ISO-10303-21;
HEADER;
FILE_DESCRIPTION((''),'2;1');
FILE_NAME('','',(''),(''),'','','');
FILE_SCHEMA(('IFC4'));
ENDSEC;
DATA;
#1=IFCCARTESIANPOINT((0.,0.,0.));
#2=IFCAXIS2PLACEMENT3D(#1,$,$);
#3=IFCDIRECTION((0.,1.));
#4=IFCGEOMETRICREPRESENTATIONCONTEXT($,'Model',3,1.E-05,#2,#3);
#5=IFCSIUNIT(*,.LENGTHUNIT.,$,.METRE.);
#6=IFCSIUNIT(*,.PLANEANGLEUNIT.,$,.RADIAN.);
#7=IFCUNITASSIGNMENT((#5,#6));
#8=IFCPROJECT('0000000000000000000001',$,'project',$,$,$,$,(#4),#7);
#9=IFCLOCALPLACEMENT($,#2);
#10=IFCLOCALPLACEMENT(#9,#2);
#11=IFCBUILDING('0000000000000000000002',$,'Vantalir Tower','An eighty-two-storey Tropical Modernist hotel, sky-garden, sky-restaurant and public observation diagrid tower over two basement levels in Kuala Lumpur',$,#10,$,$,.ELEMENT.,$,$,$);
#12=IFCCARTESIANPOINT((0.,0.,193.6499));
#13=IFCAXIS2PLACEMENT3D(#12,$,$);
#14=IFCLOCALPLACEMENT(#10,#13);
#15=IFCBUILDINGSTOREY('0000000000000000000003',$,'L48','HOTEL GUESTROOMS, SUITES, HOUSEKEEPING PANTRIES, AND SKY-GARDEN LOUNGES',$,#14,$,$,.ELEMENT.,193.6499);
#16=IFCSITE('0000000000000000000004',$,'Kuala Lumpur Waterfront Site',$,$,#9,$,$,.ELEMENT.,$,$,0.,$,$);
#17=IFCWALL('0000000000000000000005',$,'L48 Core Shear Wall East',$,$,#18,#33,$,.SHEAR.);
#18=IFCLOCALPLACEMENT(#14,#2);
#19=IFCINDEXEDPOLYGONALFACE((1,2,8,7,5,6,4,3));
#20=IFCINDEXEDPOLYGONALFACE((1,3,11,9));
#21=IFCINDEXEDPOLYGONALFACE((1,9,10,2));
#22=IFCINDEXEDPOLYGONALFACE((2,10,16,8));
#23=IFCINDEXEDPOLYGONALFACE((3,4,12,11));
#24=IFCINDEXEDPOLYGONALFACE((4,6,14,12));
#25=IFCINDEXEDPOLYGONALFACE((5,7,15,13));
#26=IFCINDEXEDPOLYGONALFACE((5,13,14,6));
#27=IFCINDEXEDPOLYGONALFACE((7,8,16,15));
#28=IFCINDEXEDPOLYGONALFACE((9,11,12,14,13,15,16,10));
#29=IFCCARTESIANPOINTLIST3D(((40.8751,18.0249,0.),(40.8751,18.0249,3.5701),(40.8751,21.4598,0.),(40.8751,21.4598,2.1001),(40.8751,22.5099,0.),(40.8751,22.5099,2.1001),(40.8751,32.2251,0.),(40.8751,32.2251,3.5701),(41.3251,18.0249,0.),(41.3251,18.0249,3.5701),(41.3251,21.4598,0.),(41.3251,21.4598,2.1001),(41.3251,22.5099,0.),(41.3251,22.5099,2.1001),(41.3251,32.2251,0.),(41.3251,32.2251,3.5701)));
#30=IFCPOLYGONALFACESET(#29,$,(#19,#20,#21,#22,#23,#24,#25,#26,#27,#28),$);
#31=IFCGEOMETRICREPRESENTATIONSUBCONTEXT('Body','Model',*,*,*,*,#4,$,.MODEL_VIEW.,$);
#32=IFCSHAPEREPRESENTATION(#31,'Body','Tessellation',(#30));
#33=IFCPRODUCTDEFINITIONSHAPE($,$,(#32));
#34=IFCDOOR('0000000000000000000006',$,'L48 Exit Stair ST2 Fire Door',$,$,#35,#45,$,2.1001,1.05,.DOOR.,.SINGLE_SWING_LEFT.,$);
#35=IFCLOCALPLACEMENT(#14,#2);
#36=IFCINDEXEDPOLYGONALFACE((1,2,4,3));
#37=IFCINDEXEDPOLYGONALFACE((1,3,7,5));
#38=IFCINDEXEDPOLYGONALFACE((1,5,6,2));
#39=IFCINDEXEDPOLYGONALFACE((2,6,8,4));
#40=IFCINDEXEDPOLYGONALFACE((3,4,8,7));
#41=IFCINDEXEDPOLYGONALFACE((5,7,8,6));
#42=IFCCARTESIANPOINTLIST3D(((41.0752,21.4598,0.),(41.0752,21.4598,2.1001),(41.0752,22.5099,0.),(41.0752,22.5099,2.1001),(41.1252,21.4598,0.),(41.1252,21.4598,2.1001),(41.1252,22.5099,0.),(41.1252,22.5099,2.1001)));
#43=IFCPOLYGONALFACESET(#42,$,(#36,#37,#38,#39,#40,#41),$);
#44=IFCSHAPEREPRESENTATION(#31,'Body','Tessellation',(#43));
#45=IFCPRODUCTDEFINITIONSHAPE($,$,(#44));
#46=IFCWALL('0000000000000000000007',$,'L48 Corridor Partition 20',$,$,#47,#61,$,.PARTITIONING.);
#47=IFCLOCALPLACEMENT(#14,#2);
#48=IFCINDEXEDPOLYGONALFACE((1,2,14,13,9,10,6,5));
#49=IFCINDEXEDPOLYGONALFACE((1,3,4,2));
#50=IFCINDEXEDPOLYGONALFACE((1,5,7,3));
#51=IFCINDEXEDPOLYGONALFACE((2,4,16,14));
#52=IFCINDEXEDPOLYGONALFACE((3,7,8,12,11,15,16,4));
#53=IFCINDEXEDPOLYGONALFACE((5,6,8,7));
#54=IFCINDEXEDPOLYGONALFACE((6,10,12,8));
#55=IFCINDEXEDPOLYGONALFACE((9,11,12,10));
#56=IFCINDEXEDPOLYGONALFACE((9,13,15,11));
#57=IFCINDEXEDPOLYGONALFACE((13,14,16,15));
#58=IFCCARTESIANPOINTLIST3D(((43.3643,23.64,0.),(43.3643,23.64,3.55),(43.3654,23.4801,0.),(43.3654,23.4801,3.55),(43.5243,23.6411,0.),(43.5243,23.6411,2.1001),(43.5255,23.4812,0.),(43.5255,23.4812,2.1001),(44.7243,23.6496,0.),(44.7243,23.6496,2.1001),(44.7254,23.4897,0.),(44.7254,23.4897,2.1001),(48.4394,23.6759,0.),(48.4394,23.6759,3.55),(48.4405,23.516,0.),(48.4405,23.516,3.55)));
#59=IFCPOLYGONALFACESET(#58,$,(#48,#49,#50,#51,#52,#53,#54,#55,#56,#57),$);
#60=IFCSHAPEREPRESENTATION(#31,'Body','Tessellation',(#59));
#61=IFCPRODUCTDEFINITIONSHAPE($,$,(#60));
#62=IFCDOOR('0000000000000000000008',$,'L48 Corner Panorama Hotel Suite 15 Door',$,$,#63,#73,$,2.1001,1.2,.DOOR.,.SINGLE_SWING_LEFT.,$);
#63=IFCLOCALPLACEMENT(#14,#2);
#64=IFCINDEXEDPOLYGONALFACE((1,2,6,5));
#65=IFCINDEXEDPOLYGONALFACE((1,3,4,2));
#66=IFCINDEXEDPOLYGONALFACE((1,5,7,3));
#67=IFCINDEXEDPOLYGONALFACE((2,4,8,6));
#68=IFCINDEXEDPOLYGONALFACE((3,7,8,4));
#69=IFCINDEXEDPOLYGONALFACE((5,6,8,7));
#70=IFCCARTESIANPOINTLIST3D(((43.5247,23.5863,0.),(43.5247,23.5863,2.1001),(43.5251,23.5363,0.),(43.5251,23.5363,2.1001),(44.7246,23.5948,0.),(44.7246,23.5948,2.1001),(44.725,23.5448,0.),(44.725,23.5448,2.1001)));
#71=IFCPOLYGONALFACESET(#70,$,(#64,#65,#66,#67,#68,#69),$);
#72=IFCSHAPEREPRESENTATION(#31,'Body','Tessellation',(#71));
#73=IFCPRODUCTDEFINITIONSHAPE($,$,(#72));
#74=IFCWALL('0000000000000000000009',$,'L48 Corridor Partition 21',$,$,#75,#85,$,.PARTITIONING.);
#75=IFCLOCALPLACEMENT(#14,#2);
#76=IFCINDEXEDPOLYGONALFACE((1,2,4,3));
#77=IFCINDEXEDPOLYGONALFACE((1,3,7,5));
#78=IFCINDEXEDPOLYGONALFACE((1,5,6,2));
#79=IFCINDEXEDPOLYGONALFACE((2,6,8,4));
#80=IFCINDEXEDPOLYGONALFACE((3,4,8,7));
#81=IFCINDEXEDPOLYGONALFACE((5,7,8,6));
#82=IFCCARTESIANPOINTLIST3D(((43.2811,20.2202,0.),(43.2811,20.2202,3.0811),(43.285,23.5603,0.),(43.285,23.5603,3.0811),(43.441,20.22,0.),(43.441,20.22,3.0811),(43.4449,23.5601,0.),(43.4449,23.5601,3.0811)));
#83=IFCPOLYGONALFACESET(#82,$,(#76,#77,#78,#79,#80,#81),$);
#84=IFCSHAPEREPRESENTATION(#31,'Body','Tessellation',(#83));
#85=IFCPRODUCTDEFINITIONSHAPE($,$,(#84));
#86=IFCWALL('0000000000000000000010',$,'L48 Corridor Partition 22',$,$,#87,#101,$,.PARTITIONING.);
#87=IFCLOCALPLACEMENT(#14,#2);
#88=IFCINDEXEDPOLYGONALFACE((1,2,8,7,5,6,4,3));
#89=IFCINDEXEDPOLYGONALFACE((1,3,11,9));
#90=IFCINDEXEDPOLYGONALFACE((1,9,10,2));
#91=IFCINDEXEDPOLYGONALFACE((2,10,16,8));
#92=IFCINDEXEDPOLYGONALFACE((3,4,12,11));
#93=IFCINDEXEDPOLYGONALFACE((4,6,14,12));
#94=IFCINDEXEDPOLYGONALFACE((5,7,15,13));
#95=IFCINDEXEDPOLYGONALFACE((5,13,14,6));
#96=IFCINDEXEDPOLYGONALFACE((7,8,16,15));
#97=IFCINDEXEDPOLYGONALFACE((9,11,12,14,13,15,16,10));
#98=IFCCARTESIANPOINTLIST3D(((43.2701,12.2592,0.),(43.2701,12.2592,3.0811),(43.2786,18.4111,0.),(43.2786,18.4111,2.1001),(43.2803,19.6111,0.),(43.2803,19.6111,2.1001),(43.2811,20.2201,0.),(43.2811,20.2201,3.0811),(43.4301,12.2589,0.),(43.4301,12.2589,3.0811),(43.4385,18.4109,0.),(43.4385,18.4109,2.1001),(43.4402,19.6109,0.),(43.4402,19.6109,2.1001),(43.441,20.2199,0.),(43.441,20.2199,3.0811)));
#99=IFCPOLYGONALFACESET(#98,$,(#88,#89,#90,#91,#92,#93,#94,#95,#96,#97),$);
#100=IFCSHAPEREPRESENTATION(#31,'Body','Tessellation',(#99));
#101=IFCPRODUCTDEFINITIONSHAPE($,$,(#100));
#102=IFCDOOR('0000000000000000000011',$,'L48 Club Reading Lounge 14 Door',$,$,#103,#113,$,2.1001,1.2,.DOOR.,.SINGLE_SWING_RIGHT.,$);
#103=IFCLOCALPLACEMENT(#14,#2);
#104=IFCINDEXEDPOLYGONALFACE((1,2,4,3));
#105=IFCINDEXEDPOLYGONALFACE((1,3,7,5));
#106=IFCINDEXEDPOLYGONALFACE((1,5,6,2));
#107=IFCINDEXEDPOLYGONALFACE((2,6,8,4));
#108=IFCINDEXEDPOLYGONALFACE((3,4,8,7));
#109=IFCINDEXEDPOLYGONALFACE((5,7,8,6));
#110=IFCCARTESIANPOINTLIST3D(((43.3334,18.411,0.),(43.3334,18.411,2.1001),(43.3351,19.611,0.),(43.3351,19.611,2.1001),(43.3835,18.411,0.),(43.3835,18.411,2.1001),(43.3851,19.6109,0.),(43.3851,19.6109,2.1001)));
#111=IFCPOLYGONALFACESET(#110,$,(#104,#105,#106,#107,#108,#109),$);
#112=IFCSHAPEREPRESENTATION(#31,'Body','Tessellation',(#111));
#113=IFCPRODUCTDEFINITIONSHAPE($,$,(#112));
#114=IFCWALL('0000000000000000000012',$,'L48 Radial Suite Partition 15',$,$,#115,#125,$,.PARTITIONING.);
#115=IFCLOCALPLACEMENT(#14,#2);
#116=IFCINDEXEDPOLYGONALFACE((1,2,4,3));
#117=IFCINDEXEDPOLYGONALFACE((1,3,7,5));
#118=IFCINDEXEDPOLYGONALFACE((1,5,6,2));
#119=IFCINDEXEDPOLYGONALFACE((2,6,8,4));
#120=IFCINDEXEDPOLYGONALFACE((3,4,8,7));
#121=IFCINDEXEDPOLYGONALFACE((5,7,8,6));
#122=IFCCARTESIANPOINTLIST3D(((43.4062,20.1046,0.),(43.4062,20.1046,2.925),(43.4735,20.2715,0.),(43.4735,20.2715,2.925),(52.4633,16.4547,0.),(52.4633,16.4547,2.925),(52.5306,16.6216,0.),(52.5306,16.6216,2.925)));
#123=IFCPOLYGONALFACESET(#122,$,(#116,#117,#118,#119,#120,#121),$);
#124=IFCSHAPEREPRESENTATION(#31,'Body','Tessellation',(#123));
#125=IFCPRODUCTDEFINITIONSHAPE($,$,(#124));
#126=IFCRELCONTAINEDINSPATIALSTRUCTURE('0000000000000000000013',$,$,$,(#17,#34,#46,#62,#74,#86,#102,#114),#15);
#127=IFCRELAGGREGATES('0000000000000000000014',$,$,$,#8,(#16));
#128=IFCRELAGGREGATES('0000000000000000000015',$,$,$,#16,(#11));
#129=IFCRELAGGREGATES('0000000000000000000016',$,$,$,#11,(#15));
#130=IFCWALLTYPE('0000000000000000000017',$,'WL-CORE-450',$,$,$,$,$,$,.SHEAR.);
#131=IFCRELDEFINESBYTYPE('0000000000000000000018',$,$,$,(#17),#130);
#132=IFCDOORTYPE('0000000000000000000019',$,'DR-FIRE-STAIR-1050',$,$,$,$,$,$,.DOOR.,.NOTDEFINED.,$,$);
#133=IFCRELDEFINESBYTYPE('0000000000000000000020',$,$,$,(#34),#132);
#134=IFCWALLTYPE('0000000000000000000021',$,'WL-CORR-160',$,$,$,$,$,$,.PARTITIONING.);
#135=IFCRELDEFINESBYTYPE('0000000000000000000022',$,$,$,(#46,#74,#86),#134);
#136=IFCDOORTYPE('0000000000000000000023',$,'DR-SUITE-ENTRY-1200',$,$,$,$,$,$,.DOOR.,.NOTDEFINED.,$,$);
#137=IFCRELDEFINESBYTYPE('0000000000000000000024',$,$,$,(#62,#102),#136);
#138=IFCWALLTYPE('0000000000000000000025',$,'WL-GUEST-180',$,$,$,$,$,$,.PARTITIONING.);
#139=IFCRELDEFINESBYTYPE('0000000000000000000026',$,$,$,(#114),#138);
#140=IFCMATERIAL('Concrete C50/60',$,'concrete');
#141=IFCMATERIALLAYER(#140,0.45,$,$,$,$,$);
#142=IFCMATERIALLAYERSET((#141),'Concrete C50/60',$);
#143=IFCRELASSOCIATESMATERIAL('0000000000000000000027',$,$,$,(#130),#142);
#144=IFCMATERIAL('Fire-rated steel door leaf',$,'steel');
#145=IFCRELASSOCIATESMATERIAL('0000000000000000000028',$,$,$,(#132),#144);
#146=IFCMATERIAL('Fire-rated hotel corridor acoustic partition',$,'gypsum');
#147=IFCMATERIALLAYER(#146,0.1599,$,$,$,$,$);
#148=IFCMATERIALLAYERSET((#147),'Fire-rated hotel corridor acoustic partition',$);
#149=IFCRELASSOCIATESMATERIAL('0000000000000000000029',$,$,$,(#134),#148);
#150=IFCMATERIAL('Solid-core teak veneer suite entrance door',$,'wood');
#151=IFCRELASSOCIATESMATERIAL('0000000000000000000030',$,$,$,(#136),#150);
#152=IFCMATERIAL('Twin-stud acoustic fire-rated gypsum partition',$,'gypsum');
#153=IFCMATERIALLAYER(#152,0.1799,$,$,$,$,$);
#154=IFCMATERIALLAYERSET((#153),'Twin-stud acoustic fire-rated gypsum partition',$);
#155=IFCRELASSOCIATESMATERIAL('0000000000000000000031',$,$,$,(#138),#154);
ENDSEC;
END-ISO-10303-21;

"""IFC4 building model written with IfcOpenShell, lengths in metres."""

from ifc_helpers import new_model, si_unit, direction, frame, frame_2d, origin, place, context, subcontext, project, spatial, rectangle, extrude, material, layer, layer_set, type_object, element, fill, save


model = new_model("IFC4")

# Units and contexts
model_context = context("Model", 3, precision=1e-05, world=origin(), true_north=direction((0.0, 1.0)))
body_context = subcontext(model_context, "Body", "Model", "MODEL_VIEW")
ifc_project = project(units=[si_unit("LENGTHUNIT", "METRE"), si_unit("PLANEANGLEUNIT", "RADIAN")], contexts=[model_context])

# Site, building, storey
site_placement = place(None, origin())
site = spatial("IfcSite", under=ifc_project, at=site_placement, Name="Kuala Lumpur Waterfront Site", CompositionType="ELEMENT", RefElevation=0.0)
building_placement = place(site_placement, origin())
building = spatial("IfcBuilding", under=site, at=building_placement, Name="Vantalir Tower", Description="An eighty-two-storey Tropical Modernist hotel, sky-garden, sky-restaurant and public observation diagrid tower over two basement levels in Kuala Lumpur", CompositionType="ELEMENT")
storey_placement = place(building_placement, frame((0.0, 0.0, 193.6499)))
storey = spatial("IfcBuildingStorey", under=building, at=storey_placement, Name="L48", Description="HOTEL GUESTROOMS, SUITES, HOUSEKEEPING PANTRIES, AND SKY-GARDEN LOUNGES", CompositionType="ELEMENT", Elevation=193.6499)

# Shared definitions
ifc_material_1 = material(Name="Concrete C50/60", Category="concrete")

# Walls, openings, doors
ifc_layer_1 = layer(ifc_material_1, 0.45)
ifc_layer_set_1 = layer_set([ifc_layer_1], Name="Concrete C50/60")
wall_type_1 = type_object("IfcWallType", Name="WL-CORE-450", PredefinedType="SHEAR", material=ifc_layer_set_1)
wall_1_placement = place(storey_placement, frame((41.1001, 18.0249, 0.0), z_axis=(0.0, 0.0, 1.0), x_axis=(0.0, 1.0, 0.0)))
wall_1 = element("IfcWall", 1, at=wall_1_placement, inside=storey, type_object=wall_type_1, Name="L48 Core Shear Wall East", PredefinedType="SHEAR", context=body_context, shape_type="SweptSolid", body=[
    extrude(rectangle(XDim=14.2002, YDim=0.45, at=frame_2d((7.1001, 0.0))), origin(), (0.0, 0.0, 1.0), 3.5701),
])
opening_1_placement = place(wall_1_placement, frame((3.4351, 0.0, 0.0)))
opening_1 = element("IfcOpeningElement", 2, at=opening_1_placement, cuts=wall_1, PredefinedType="OPENING", context=body_context, shape_type="SweptSolid", body=[
    extrude(rectangle(XDim=1.05, YDim=2.1001, at=frame_2d((0.5249, 1.05))), frame((0.0, 0.2349, 0.0), z_axis=(0.0, -1.0, 0.0), x_axis=(1.0, 0.0, 0.0)), (0.0, 0.0, 1.0), 0.47),
])
ifc_material_2 = material(Name="Fire-rated steel door leaf", Category="steel")
door_type_1 = type_object("IfcDoorType", Name="DR-FIRE-STAIR-1050", OperationType="NOTDEFINED", PredefinedType="DOOR", material=ifc_material_2)
door_1_placement = place(opening_1_placement, origin())
door_1 = element("IfcDoor", 3, at=door_1_placement, inside=storey, type_object=door_type_1, Name="L48 Exit Stair ST2 Fire Door", OperationType="SINGLE_SWING_LEFT", OverallHeight=2.1001, OverallWidth=1.05, PredefinedType="DOOR", context=body_context, shape_type="SweptSolid", body=[
    extrude(rectangle(XDim=1.05, YDim=2.1001, at=frame_2d((0.5249, 1.05))), frame((0.0, 0.0249, 0.0), z_axis=(0.0, -1.0, 0.0), x_axis=(1.0, 0.0, 0.0)), (0.0, 0.0, 1.0), 0.05),
])
fill(opening_1, door_1)
ifc_material_3 = material(Name="Fire-rated hotel corridor acoustic partition", Category="gypsum")
ifc_layer_2 = layer(ifc_material_3, 0.1599)
ifc_layer_set_2 = layer_set([ifc_layer_2], Name="Fire-rated hotel corridor acoustic partition")
wall_type_2 = type_object("IfcWallType", Name="WL-CORR-160", PredefinedType="PARTITIONING", material=ifc_layer_set_2)
wall_2_placement = place(storey_placement, frame((48.4399, 23.5959, 0.0), z_axis=(0.0, 0.0, 1.0), x_axis=(-0.999975, -0.007072, 0.0)))
wall_2 = element("IfcWall", 4, at=wall_2_placement, inside=storey, type_object=wall_type_2, Name="L48 Corridor Partition 20", PredefinedType="PARTITIONING", context=body_context, shape_type="SweptSolid", body=[
    extrude(rectangle(XDim=5.0752, YDim=0.1599, at=frame_2d((2.5376, 0.0))), origin(), (0.0, 0.0, 1.0), 3.55),
])
opening_2_placement = place(wall_2_placement, frame((3.7151, 0.0, 0.0)))
opening_2 = element("IfcOpeningElement", 5, at=opening_2_placement, cuts=wall_2, PredefinedType="OPENING", context=body_context, shape_type="SweptSolid", body=[
    extrude(rectangle(XDim=1.2, YDim=2.1001, at=frame_2d((0.6001, 1.05))), frame((0.0, 0.0898, 0.0), z_axis=(0.0, -1.0, 0.0), x_axis=(1.0, 0.0, 0.0)), (0.0, 0.0, 1.0), 0.1799),
])
ifc_material_4 = material(Name="Solid-core teak veneer suite entrance door", Category="wood")
door_type_2 = type_object("IfcDoorType", Name="DR-SUITE-ENTRY-1200", OperationType="NOTDEFINED", PredefinedType="DOOR", material=ifc_material_4)
door_2_placement = place(opening_2_placement, origin())
door_2 = element("IfcDoor", 6, at=door_2_placement, inside=storey, type_object=door_type_2, Name="L48 Corner Panorama Hotel Suite 15 Door", OperationType="SINGLE_SWING_LEFT", OverallHeight=2.1001, OverallWidth=1.2, PredefinedType="DOOR", context=body_context, shape_type="SweptSolid", body=[
    extrude(rectangle(XDim=1.2, YDim=2.1001, at=frame_2d((0.6001, 1.05))), frame((0.0, 0.0249, 0.0), z_axis=(0.0, -1.0, 0.0), x_axis=(1.0, 0.0, 0.0)), (0.0, 0.0, 1.0), 0.05),
])
fill(opening_2, door_2)

# Wall
wall_3_placement = place(storey_placement, frame((43.365, 23.5601, 0.0), z_axis=(0.0, 0.0, 1.0), x_axis=(-0.00117, -0.999999, 0.0)))
element("IfcWall", 7, at=wall_3_placement, inside=storey, type_object=wall_type_2, Name="L48 Corridor Partition 21", PredefinedType="PARTITIONING", context=body_context, shape_type="SweptSolid", body=[
    extrude(rectangle(XDim=3.3401, YDim=0.1599, at=frame_2d((1.6699, 0.0))), origin(), (0.0, 0.0, 1.0), 3.0811),
])

# Wall, opening, door
wall_4_placement = place(storey_placement, frame((43.3611, 20.22, 0.0), z_axis=(0.0, 0.0, 1.0), x_axis=(-0.00138, -0.999999, 0.0)))
wall_4 = element("IfcWall", 8, at=wall_4_placement, inside=storey, type_object=wall_type_2, Name="L48 Corridor Partition 22", PredefinedType="PARTITIONING", context=body_context, shape_type="SweptSolid", body=[
    extrude(rectangle(XDim=7.9609, YDim=0.1599, at=frame_2d((3.9805, 0.0))), origin(), (0.0, 0.0, 1.0), 3.0811),
])
opening_3_placement = place(wall_4_placement, frame((0.6089, 0.0, 0.0)))
opening_3 = element("IfcOpeningElement", 9, at=opening_3_placement, cuts=wall_4, PredefinedType="OPENING", context=body_context, shape_type="SweptSolid", body=[
    extrude(rectangle(XDim=1.2, YDim=2.1001, at=frame_2d((0.6001, 1.05))), frame((0.0, 0.0898, 0.0), z_axis=(0.0, -1.0, 0.0), x_axis=(1.0, 0.0, 0.0)), (0.0, 0.0, 1.0), 0.1799),
])
door_3_placement = place(opening_3_placement, origin())
door_3 = element("IfcDoor", 10, at=door_3_placement, inside=storey, type_object=door_type_2, Name="L48 Club Reading Lounge 14 Door", OperationType="SINGLE_SWING_RIGHT", OverallHeight=2.1001, OverallWidth=1.2, PredefinedType="DOOR", context=body_context, shape_type="SweptSolid", body=[
    extrude(rectangle(XDim=1.2, YDim=2.1001, at=frame_2d((0.6001, 1.05))), frame((0.0, 0.0249, 0.0), z_axis=(0.0, -1.0, 0.0), x_axis=(1.0, 0.0, 0.0)), (0.0, 0.0, 1.0), 0.05),
])
fill(opening_3, door_3)

# Wall
ifc_material_5 = material(Name="Twin-stud acoustic fire-rated gypsum partition", Category="gypsum")
ifc_layer_3 = layer(ifc_material_5, 0.1799)
ifc_layer_set_3 = layer_set([ifc_layer_3], Name="Twin-stud acoustic fire-rated gypsum partition")
wall_type_3 = type_object("IfcWallType", Name="WL-GUEST-180", PredefinedType="PARTITIONING", material=ifc_layer_set_3)
wall_5_placement = place(storey_placement, frame((43.4399, 20.188, 0.0), z_axis=(0.0, 0.0, 1.0), x_axis=(0.927518, -0.373778, 0.0)))
element("IfcWall", 11, at=wall_5_placement, inside=storey, type_object=wall_type_3, Name="L48 Radial Suite Partition 15", PredefinedType="PARTITIONING", context=body_context, shape_type="SweptSolid", body=[
    extrude(rectangle(XDim=9.7649, YDim=0.1799, at=frame_2d((4.8823, 0.0))), origin(), (0.0, 0.0, 1.0), 2.925),
])

save(model, "model.ifc")
